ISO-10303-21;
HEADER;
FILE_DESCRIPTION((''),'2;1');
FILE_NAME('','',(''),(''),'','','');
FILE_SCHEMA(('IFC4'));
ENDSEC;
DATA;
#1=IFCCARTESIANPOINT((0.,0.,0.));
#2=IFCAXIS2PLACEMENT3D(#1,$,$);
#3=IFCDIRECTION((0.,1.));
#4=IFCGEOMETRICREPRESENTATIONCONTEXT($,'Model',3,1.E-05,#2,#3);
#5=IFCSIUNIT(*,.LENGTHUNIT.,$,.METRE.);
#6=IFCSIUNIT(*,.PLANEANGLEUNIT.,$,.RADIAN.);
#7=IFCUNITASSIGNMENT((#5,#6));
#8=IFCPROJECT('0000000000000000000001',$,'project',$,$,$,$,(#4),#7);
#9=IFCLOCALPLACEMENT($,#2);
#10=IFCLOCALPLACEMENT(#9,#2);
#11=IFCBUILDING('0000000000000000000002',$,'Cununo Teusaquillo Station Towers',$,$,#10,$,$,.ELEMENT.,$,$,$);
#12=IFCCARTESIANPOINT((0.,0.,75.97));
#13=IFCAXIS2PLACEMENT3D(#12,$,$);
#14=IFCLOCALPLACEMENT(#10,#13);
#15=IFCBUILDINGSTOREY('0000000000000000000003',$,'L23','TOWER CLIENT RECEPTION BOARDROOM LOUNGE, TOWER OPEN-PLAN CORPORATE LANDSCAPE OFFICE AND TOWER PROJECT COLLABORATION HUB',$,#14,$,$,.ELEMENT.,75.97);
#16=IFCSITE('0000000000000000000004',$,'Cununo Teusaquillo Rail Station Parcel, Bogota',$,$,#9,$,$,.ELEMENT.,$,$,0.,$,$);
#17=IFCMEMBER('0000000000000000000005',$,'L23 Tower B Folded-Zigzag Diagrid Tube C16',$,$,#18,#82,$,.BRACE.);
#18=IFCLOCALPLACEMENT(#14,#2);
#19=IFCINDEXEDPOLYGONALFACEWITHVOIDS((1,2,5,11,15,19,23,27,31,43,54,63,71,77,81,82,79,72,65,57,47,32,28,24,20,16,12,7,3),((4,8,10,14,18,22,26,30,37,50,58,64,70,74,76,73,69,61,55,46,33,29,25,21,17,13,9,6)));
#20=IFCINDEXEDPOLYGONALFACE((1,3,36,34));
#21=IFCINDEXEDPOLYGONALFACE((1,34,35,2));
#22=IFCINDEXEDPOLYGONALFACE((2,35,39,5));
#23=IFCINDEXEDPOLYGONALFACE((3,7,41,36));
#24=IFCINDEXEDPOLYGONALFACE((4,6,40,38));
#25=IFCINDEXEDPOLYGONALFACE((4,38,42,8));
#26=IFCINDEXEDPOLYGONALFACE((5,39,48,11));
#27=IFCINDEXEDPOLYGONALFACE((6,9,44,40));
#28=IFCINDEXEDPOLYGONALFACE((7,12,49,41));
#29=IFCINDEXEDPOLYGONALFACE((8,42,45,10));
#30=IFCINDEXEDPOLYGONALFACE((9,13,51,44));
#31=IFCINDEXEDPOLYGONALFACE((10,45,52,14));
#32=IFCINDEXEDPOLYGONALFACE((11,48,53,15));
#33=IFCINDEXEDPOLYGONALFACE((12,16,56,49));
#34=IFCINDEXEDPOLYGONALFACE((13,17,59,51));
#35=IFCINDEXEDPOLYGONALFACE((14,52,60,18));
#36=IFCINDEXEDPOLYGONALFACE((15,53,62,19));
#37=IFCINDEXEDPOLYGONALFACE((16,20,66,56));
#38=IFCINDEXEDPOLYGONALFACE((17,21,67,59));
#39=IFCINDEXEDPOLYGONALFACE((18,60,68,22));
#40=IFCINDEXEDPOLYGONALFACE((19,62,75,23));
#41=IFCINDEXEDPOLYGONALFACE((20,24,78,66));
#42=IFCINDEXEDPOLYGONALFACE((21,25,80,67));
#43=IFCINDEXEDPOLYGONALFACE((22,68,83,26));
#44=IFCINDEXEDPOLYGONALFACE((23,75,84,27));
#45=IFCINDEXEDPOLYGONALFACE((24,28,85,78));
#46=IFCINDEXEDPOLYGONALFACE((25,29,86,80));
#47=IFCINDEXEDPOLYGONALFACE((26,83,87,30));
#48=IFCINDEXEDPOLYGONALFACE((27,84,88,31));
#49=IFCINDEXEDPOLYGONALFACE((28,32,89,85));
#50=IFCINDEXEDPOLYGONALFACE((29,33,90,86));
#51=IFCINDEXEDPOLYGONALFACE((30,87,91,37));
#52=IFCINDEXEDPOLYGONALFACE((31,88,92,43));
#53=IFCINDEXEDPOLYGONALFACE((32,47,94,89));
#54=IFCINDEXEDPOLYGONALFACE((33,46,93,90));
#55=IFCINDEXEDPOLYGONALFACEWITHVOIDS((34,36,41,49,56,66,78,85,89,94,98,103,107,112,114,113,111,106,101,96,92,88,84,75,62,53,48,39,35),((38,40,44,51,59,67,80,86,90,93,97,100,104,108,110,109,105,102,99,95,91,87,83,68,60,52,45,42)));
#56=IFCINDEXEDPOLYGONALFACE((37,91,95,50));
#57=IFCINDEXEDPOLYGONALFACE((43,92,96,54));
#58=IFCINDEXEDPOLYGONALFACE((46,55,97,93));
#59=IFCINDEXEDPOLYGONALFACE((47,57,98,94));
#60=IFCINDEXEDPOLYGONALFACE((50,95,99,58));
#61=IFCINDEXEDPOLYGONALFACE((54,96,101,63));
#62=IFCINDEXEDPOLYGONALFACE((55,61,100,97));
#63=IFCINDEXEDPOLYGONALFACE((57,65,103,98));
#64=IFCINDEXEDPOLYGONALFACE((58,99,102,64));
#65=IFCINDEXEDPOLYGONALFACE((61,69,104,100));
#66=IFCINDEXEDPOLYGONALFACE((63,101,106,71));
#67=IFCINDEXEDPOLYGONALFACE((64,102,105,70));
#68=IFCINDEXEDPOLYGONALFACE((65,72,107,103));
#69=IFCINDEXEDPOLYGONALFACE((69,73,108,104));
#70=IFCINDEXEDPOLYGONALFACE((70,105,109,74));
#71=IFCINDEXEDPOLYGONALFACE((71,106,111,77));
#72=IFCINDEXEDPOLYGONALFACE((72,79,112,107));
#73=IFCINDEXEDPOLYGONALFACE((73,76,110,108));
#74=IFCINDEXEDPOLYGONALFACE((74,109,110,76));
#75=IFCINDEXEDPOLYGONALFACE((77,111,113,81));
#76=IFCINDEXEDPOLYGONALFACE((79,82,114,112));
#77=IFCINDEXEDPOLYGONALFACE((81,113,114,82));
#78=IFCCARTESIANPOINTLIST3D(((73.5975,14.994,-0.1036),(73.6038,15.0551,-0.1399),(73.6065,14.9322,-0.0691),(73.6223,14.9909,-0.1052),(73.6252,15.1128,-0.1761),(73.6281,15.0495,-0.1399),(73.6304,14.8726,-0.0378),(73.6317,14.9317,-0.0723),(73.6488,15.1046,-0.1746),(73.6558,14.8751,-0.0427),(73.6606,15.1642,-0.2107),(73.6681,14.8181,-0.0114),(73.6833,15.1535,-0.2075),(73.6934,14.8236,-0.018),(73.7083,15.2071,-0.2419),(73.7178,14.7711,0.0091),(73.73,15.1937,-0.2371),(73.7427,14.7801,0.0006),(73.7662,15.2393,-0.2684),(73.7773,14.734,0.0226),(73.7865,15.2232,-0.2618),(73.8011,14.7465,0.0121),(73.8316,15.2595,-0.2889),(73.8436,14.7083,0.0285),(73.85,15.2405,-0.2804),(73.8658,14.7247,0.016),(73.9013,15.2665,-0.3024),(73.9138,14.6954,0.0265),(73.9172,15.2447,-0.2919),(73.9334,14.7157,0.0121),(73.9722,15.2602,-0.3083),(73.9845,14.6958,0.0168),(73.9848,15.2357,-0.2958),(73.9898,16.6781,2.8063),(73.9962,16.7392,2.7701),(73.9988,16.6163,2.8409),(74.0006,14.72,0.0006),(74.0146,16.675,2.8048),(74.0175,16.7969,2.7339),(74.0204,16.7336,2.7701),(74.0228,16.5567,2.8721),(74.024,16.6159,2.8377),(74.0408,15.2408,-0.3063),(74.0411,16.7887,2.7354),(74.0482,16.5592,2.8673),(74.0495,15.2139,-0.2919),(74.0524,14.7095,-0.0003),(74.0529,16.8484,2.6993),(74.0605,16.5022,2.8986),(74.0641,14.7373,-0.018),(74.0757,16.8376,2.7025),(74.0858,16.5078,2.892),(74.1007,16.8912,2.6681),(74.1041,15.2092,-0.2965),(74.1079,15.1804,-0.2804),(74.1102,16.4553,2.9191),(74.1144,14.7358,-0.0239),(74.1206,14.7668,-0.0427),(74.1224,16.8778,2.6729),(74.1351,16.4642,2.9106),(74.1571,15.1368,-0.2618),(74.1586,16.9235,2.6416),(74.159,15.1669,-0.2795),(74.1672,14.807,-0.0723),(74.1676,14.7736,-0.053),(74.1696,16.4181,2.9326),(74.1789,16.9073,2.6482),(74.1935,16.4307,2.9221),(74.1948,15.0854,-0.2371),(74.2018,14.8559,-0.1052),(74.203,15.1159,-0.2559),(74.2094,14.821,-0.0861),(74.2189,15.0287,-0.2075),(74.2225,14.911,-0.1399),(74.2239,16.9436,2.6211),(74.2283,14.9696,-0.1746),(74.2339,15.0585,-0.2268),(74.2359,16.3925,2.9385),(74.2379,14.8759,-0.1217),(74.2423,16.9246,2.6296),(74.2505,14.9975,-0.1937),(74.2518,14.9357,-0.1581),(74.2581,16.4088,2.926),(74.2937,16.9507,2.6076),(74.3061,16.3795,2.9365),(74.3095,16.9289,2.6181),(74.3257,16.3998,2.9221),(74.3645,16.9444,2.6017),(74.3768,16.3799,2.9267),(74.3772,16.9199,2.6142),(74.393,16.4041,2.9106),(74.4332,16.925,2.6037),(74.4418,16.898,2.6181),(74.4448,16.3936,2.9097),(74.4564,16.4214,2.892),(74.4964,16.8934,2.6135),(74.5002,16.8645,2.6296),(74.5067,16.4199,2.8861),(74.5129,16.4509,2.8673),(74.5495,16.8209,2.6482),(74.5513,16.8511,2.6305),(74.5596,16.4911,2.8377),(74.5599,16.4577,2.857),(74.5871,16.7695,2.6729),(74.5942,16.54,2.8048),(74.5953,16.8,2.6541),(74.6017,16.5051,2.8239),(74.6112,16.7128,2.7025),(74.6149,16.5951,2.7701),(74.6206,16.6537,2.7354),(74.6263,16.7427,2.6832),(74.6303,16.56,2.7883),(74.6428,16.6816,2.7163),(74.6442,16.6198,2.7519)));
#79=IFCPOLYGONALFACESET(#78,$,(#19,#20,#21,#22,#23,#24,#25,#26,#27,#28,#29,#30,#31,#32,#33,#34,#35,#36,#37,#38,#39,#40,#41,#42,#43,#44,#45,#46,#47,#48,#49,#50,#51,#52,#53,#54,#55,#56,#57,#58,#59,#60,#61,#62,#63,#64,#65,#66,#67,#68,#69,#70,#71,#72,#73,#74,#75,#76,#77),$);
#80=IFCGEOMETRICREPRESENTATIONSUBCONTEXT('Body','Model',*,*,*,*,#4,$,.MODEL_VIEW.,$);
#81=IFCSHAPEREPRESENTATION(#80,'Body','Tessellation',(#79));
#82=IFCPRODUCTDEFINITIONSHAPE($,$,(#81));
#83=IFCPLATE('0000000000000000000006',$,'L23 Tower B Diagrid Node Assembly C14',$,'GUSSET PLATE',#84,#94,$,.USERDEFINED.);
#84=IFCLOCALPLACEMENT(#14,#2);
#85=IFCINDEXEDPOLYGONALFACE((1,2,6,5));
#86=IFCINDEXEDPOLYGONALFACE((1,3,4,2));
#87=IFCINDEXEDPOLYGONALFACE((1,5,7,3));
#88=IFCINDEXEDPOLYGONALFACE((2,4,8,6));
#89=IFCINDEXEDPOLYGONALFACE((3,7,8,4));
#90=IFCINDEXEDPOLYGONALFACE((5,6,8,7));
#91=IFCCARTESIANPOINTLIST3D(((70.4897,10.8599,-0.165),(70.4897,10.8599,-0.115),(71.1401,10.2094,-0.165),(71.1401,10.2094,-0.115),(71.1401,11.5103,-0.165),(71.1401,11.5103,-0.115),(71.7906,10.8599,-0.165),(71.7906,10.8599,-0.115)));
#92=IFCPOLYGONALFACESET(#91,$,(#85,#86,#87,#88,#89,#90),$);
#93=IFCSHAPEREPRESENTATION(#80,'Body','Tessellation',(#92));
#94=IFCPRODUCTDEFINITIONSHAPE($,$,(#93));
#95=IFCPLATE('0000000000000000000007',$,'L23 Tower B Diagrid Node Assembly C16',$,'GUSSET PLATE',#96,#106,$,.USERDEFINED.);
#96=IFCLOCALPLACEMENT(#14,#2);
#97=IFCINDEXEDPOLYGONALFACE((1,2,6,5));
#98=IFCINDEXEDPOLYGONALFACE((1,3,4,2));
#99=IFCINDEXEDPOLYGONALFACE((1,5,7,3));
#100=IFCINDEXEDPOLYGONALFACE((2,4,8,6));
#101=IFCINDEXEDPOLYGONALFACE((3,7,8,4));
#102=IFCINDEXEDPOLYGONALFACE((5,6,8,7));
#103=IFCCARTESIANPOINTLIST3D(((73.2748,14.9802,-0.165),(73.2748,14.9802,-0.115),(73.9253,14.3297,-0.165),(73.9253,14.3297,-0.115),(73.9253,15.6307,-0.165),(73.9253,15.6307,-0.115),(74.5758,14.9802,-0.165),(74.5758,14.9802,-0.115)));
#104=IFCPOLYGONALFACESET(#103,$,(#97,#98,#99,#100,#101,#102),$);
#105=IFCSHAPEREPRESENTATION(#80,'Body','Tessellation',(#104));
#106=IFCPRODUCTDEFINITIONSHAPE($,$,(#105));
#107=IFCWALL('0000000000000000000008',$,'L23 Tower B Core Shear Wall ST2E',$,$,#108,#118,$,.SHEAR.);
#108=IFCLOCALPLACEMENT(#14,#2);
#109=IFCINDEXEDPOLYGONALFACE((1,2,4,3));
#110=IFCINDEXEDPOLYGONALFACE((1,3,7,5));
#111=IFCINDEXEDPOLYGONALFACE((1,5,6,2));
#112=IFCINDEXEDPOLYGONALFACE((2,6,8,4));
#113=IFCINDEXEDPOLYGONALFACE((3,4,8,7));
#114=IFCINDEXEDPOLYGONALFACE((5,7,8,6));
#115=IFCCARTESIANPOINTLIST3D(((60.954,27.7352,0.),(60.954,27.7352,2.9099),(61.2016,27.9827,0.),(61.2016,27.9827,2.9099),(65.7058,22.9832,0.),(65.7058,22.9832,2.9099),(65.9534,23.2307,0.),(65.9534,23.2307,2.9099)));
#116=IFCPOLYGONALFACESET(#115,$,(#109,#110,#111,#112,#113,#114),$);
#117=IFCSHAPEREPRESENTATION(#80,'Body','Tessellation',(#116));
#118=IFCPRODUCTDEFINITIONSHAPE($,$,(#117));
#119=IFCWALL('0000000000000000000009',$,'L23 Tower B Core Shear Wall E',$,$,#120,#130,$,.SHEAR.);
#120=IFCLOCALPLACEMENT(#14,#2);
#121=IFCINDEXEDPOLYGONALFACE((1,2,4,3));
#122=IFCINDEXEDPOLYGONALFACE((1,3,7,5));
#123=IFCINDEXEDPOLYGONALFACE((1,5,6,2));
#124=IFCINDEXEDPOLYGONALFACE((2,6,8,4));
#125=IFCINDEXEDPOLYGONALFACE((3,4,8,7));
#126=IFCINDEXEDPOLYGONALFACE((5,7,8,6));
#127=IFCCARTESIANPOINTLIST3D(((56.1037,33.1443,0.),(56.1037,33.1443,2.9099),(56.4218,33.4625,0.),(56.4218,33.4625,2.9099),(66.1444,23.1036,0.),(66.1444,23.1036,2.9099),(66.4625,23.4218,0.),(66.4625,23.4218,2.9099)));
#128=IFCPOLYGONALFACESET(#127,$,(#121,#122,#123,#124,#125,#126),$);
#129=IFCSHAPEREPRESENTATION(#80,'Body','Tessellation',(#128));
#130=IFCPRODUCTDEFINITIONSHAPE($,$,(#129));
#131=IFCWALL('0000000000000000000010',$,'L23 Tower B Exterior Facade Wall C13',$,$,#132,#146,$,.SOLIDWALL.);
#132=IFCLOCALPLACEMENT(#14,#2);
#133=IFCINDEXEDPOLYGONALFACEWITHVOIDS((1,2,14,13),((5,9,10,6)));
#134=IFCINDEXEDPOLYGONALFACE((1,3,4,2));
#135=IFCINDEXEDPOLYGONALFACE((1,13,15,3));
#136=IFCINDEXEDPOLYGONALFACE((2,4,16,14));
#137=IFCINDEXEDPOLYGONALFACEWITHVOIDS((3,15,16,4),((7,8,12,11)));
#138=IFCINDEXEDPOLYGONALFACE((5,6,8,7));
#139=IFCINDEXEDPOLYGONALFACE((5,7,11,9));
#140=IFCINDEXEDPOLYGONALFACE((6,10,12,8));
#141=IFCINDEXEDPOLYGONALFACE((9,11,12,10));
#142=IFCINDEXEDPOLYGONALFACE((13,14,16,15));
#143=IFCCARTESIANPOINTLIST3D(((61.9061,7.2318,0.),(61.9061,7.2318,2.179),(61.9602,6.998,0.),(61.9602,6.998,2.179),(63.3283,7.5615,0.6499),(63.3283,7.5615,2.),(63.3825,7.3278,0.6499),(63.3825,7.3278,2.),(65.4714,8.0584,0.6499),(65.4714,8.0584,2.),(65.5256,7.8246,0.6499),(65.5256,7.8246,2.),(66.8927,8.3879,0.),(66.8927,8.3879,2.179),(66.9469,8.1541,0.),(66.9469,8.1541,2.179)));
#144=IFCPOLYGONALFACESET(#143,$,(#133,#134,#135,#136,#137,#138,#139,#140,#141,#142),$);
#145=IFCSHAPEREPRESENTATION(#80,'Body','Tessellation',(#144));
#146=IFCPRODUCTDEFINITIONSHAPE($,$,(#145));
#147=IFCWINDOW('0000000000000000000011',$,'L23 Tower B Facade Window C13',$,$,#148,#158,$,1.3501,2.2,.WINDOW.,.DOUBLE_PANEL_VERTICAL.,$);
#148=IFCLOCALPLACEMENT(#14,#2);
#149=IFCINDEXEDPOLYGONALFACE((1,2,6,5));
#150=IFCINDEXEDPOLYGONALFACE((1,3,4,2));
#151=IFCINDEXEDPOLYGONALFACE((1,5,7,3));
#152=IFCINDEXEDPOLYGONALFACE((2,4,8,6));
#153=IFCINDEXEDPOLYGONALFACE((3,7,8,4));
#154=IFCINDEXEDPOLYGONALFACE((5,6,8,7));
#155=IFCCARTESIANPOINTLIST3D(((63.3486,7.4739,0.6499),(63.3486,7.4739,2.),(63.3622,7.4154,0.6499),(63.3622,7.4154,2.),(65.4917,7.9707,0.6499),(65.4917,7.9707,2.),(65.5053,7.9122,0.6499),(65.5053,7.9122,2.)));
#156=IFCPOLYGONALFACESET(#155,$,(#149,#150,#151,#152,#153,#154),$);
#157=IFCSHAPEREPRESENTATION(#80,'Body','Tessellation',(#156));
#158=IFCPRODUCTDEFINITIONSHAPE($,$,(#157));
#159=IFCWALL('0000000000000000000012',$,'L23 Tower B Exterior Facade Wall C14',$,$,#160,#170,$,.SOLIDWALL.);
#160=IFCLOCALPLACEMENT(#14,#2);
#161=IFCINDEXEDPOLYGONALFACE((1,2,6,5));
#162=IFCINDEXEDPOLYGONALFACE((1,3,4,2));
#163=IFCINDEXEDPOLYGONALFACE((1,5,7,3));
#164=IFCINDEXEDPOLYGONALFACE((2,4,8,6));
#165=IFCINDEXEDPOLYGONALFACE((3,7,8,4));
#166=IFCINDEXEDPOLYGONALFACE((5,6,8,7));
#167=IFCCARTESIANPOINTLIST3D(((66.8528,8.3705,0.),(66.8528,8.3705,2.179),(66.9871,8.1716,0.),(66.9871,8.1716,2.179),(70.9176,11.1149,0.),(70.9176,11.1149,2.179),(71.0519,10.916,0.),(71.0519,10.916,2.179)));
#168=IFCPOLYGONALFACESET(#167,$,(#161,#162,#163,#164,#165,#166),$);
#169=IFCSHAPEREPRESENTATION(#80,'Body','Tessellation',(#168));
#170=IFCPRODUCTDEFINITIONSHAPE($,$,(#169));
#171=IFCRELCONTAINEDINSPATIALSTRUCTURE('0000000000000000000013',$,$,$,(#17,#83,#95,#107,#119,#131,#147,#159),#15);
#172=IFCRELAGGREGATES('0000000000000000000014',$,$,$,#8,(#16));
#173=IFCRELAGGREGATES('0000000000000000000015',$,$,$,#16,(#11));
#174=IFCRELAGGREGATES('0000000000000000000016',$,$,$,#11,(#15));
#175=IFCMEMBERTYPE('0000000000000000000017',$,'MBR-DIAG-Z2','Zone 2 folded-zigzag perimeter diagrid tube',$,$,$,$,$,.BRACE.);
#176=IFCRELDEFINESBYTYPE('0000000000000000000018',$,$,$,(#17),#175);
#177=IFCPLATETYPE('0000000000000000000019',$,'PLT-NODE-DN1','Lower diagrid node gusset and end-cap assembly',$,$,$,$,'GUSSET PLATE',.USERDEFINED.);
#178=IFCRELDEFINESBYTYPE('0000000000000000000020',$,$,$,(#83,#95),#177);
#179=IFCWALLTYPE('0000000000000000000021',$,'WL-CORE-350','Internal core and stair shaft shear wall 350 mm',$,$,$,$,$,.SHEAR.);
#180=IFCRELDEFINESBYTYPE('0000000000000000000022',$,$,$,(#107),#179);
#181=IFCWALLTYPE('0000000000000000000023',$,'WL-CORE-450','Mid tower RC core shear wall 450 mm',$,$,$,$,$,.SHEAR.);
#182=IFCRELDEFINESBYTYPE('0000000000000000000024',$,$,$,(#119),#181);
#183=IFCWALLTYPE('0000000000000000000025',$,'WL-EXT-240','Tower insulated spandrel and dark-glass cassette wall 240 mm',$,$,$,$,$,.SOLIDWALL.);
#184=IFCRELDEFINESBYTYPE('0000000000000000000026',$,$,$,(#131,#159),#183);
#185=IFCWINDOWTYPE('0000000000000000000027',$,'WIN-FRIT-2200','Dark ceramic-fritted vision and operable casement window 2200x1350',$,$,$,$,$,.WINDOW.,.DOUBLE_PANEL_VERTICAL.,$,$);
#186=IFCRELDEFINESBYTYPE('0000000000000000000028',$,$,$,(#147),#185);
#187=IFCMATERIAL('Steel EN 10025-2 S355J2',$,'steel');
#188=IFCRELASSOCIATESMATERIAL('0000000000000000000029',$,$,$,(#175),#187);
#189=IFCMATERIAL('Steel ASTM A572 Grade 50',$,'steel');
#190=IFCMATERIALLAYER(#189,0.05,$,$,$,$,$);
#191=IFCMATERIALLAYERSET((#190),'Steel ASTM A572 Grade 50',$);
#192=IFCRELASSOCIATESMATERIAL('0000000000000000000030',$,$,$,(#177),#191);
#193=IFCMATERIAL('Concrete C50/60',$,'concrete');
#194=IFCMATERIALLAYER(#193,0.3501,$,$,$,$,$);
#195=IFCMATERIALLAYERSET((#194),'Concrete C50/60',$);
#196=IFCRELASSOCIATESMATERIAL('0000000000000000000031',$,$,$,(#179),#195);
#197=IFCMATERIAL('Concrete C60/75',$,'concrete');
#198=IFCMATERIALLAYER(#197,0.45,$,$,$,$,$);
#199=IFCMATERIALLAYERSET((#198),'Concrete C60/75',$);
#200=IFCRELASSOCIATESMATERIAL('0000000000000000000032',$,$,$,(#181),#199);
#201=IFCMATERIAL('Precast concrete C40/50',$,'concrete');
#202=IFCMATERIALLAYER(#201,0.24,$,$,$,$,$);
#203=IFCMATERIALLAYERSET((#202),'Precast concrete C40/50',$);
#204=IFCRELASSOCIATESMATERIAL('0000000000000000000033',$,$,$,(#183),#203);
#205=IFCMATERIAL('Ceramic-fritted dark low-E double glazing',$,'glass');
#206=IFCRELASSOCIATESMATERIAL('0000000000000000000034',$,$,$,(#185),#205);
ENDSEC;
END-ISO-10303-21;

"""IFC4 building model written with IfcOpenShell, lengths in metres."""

from ifc_helpers import new_model, si_unit, direction, frame, frame_2d, origin, origin_2d, place, context, subcontext, project, spatial, rectangle, hollow_circle, extrude, source, transform, mapped, material, layer, layer_set, material_profile, profile_set, type_object, element, fill, save


model = new_model("IFC4")

# Units and contexts
model_context = context("Model", 3, precision=1e-05, world=origin(), true_north=direction((0.0, 1.0)))
body_context = subcontext(model_context, "Body", "Model", "MODEL_VIEW")
ifc_project = project(units=[si_unit("LENGTHUNIT", "METRE"), si_unit("PLANEANGLEUNIT", "RADIAN")], contexts=[model_context])

# Site, building, storey
site_placement = place(None, origin())
site = spatial("IfcSite", under=ifc_project, at=site_placement, Name="Cununo Teusaquillo Rail Station Parcel, Bogota", CompositionType="ELEMENT", RefElevation=0.0)
building_placement = place(site_placement, origin())
building = spatial("IfcBuilding", under=site, at=building_placement, Name="Cununo Teusaquillo Station Towers", CompositionType="ELEMENT")
storey_placement = place(building_placement, frame((0.0, 0.0, 75.97)))
storey = spatial("IfcBuildingStorey", under=building, at=storey_placement, Name="L23", Description="TOWER CLIENT RECEPTION BOARDROOM LOUNGE, TOWER OPEN-PLAN CORPORATE LANDSCAPE OFFICE AND TOWER PROJECT COLLABORATION HUB", CompositionType="ELEMENT", Elevation=75.97)

# Member
ifc_material_1 = material(Name="Steel EN 10025-2 S355J2", Category="steel")
ifc_material_profile_1 = material_profile(ifc_material_1, hollow_circle(Radius=0.3301, WallThickness=0.0249, at=origin_2d()), Name="CHS 660x25")
ifc_profile_set_1 = profile_set([ifc_material_profile_1], Name="Steel EN 10025-2 S355J2")
member_type = type_object("IfcMemberType", Name="MBR-DIAG-Z2", Description="Zone 2 folded-zigzag perimeter diagrid tube", PredefinedType="BRACE", material=ifc_profile_set_1)
member_1_placement = place(storey_placement, frame((73.9253, 14.9802, -0.1399), z_axis=(0.115907, 0.497526, 0.859671), x_axis=(-0.97392, 0.22689, 0.0)))
element("IfcMember", 1, at=member_1_placement, inside=storey, type_object=member_type, Name="L23 Tower B Folded-Zigzag Diagrid Tube C16", PredefinedType="BRACE", context=body_context, shape_type="SweptSolid", body=[
    extrude(hollow_circle(Radius=0.3301, WallThickness=0.0249, at=origin_2d()), origin(), (0.0, 0.0, 1.0), 3.385),
])

# Plates
ifc_material_2 = material(Name="Steel ASTM A572 Grade 50", Category="steel")
ifc_layer_1 = layer(ifc_material_2, 0.05)
ifc_layer_set_1 = layer_set([ifc_layer_1], Name="Steel ASTM A572 Grade 50")
plate_type = type_object("IfcPlateType", Name="PLT-NODE-DN1", Description="Lower diagrid node gusset and end-cap assembly", ElementType="GUSSET PLATE", PredefinedType="USERDEFINED", material=ifc_layer_set_1)
shared_shape_1 = source(origin(), body_context, "Body", "SweptSolid", [
    extrude(rectangle(XDim=0.9199, YDim=0.9199, at=origin_2d()), origin(), (0.0, 0.0, 1.0), 0.05),
])
for number, where, z_axis, x_axis, name in (
    (2, (71.1401, 10.8599, -0.165), (0.0, 0.0, 1.0), (0.707107, 0.707107, 0.0), "L23 Tower B Diagrid Node Assembly C14"),
    (3, (73.9253, 14.9802, -0.165), (0.0, 0.0, 1.0), (0.707107, 0.707107, 0.0), "L23 Tower B Diagrid Node Assembly C16"),
):
    element("IfcPlate", number, at=place(storey_placement, frame(where, z_axis=z_axis, x_axis=x_axis)), inside=storey, type_object=plate_type, Name=name, ObjectType="GUSSET PLATE", PredefinedType="USERDEFINED", context=body_context, shape_type="MappedRepresentation", body=[
        mapped(shared_shape_1, transform((0.0, 0.0, 0.0), x_axis=(1.0, 0.0, 0.0), y_axis=(0.0, 1.0, 0.0), z_axis=(0.0, 0.0, 1.0), scale=1.0)),
    ])

# Walls
ifc_material_3 = material(Name="Concrete C50/60", Category="concrete")
ifc_layer_2 = layer(ifc_material_3, 0.3501)
ifc_layer_set_2 = layer_set([ifc_layer_2], Name="Concrete C50/60")
wall_type_1 = type_object("IfcWallType", Name="WL-CORE-350", Description="Internal core and stair shaft shear wall 350 mm", PredefinedType="SHEAR", material=ifc_layer_set_2)
wall_1_placement = place(storey_placement, frame((65.8296, 23.1069, 0.0), z_axis=(0.0, 0.0, 1.0), x_axis=(-0.707089, 0.707125, 0.0)))
element("IfcWall", 4, at=wall_1_placement, inside=storey, type_object=wall_type_1, Name="L23 Tower B Core Shear Wall ST2E", PredefinedType="SHEAR", context=body_context, shape_type="SweptSolid", body=[
    extrude(rectangle(XDim=6.7202, YDim=0.3501, at=frame_2d((3.3601, 0.0))), origin(), (0.0, 0.0, 1.0), 2.9099),
])
ifc_material_4 = material(Name="Concrete C60/75", Category="concrete")
ifc_layer_3 = layer(ifc_material_4, 0.45)
ifc_layer_set_3 = layer_set([ifc_layer_3], Name="Concrete C60/75")
wall_type_2 = type_object("IfcWallType", Name="WL-CORE-450", Description="Mid tower RC core shear wall 450 mm", PredefinedType="SHEAR", material=ifc_layer_set_3)
wall_2_placement = place(storey_placement, frame((66.3035, 23.2627, 0.0), z_axis=(0.0, 0.0, 1.0), x_axis=(-0.707107, 0.707107, 0.0)))
element("IfcWall", 5, at=wall_2_placement, inside=storey, type_object=wall_type_2, Name="L23 Tower B Core Shear Wall E", PredefinedType="SHEAR", context=body_context, shape_type="SweptSolid", body=[
    extrude(rectangle(XDim=14.1997, YDim=0.45, at=frame_2d((7.0999, 0.0))), origin(), (0.0, 0.0, 1.0), 2.9099),
])

# Wall, opening, window
ifc_material_5 = material(Name="Precast concrete C40/50", Category="concrete")
ifc_layer_4 = layer(ifc_material_5, 0.24)
ifc_layer_set_4 = layer_set([ifc_layer_4], Name="Precast concrete C40/50")
wall_type_3 = type_object("IfcWallType", Name="WL-EXT-240", Description="Tower insulated spandrel and dark-glass cassette wall 240 mm", PredefinedType="SOLIDWALL", material=ifc_layer_set_4)
wall_3_placement = place(storey_placement, frame((66.9199, 8.271, 0.0), z_axis=(0.0, 0.0, 1.0), x_axis=(-0.974166, -0.225835, 0.0)))
wall_3 = element("IfcWall", 6, at=wall_3_placement, inside=storey, type_object=wall_type_3, Name="L23 Tower B Exterior Facade Wall C13", PredefinedType="SOLIDWALL", context=body_context, shape_type="SweptSolid", body=[
    extrude(rectangle(XDim=5.1189, YDim=0.24, at=frame_2d((2.5596, 0.0))), origin(), (0.0, 0.0, 1.0), 2.179),
])
shared_shape_2 = source(origin(), body_context, "Body", "SweptSolid", [
    extrude(rectangle(XDim=2.2, YDim=1.3501, at=frame_2d((1.1001, 0.675))), frame((0.0, 0.1299, 0.0), z_axis=(0.0, -1.0, 0.0), x_axis=(1.0, 0.0, 0.0)), (0.0, 0.0, 1.0), 0.26),
])
opening_1_placement = place(wall_3_placement, frame((1.459, 0.0, 0.6499)))
opening_1 = element("IfcOpeningElement", 7, at=opening_1_placement, cuts=wall_3, PredefinedType="OPENING", context=body_context, shape_type="MappedRepresentation", body=[
    mapped(shared_shape_2, transform((0.0, 0.0, 0.0), x_axis=(1.0, 0.0, 0.0), y_axis=(0.0, 1.0, 0.0), z_axis=(0.0, 0.0, 1.0), scale=1.0)),
])
ifc_material_6 = material(Name="Ceramic-fritted dark low-E double glazing", Category="glass")
window_type_1 = type_object("IfcWindowType", Name="WIN-FRIT-2200", Description="Dark ceramic-fritted vision and operable casement window 2200x1350", PartitioningType="DOUBLE_PANEL_VERTICAL", PredefinedType="WINDOW", material=ifc_material_6)
shared_shape_3 = source(origin(), body_context, "Body", "SweptSolid", [
    extrude(rectangle(XDim=2.2, YDim=1.3501, at=frame_2d((1.1001, 0.675))), frame((0.0, 0.03, 0.0), z_axis=(0.0, -1.0, 0.0), x_axis=(1.0, 0.0, 0.0)), (0.0, 0.0, 1.0), 0.0601),
])
window_1_placement = place(opening_1_placement, origin())
window_1 = element("IfcWindow", 8, at=window_1_placement, inside=storey, type_object=window_type_1, Name="L23 Tower B Facade Window C13", OverallHeight=1.3501, OverallWidth=2.2, PartitioningType="DOUBLE_PANEL_VERTICAL", PredefinedType="WINDOW", context=body_context, shape_type="MappedRepresentation", body=[
    mapped(shared_shape_3, transform((0.0, 0.0, 0.0), x_axis=(1.0, 0.0, 0.0), y_axis=(0.0, 1.0, 0.0), z_axis=(0.0, 0.0, 1.0), scale=1.0)),
])
fill(opening_1, window_1)

# Wall
wall_4_placement = place(storey_placement, frame((70.9846, 11.0154, 0.0), z_axis=(0.0, 0.0, 1.0), x_axis=(-0.828781, -0.559573, 0.0)))
element("IfcWall", 9, at=wall_4_placement, inside=storey, type_object=wall_type_3, Name="L23 Tower B Exterior Facade Wall C14", PredefinedType="SOLIDWALL", context=body_context, shape_type="SweptSolid", body=[
    extrude(rectangle(XDim=4.9045, YDim=0.24, at=frame_2d((2.4521, 0.0))), origin(), (0.0, 0.0, 1.0), 2.179),
])

save(model, "model.ifc")
